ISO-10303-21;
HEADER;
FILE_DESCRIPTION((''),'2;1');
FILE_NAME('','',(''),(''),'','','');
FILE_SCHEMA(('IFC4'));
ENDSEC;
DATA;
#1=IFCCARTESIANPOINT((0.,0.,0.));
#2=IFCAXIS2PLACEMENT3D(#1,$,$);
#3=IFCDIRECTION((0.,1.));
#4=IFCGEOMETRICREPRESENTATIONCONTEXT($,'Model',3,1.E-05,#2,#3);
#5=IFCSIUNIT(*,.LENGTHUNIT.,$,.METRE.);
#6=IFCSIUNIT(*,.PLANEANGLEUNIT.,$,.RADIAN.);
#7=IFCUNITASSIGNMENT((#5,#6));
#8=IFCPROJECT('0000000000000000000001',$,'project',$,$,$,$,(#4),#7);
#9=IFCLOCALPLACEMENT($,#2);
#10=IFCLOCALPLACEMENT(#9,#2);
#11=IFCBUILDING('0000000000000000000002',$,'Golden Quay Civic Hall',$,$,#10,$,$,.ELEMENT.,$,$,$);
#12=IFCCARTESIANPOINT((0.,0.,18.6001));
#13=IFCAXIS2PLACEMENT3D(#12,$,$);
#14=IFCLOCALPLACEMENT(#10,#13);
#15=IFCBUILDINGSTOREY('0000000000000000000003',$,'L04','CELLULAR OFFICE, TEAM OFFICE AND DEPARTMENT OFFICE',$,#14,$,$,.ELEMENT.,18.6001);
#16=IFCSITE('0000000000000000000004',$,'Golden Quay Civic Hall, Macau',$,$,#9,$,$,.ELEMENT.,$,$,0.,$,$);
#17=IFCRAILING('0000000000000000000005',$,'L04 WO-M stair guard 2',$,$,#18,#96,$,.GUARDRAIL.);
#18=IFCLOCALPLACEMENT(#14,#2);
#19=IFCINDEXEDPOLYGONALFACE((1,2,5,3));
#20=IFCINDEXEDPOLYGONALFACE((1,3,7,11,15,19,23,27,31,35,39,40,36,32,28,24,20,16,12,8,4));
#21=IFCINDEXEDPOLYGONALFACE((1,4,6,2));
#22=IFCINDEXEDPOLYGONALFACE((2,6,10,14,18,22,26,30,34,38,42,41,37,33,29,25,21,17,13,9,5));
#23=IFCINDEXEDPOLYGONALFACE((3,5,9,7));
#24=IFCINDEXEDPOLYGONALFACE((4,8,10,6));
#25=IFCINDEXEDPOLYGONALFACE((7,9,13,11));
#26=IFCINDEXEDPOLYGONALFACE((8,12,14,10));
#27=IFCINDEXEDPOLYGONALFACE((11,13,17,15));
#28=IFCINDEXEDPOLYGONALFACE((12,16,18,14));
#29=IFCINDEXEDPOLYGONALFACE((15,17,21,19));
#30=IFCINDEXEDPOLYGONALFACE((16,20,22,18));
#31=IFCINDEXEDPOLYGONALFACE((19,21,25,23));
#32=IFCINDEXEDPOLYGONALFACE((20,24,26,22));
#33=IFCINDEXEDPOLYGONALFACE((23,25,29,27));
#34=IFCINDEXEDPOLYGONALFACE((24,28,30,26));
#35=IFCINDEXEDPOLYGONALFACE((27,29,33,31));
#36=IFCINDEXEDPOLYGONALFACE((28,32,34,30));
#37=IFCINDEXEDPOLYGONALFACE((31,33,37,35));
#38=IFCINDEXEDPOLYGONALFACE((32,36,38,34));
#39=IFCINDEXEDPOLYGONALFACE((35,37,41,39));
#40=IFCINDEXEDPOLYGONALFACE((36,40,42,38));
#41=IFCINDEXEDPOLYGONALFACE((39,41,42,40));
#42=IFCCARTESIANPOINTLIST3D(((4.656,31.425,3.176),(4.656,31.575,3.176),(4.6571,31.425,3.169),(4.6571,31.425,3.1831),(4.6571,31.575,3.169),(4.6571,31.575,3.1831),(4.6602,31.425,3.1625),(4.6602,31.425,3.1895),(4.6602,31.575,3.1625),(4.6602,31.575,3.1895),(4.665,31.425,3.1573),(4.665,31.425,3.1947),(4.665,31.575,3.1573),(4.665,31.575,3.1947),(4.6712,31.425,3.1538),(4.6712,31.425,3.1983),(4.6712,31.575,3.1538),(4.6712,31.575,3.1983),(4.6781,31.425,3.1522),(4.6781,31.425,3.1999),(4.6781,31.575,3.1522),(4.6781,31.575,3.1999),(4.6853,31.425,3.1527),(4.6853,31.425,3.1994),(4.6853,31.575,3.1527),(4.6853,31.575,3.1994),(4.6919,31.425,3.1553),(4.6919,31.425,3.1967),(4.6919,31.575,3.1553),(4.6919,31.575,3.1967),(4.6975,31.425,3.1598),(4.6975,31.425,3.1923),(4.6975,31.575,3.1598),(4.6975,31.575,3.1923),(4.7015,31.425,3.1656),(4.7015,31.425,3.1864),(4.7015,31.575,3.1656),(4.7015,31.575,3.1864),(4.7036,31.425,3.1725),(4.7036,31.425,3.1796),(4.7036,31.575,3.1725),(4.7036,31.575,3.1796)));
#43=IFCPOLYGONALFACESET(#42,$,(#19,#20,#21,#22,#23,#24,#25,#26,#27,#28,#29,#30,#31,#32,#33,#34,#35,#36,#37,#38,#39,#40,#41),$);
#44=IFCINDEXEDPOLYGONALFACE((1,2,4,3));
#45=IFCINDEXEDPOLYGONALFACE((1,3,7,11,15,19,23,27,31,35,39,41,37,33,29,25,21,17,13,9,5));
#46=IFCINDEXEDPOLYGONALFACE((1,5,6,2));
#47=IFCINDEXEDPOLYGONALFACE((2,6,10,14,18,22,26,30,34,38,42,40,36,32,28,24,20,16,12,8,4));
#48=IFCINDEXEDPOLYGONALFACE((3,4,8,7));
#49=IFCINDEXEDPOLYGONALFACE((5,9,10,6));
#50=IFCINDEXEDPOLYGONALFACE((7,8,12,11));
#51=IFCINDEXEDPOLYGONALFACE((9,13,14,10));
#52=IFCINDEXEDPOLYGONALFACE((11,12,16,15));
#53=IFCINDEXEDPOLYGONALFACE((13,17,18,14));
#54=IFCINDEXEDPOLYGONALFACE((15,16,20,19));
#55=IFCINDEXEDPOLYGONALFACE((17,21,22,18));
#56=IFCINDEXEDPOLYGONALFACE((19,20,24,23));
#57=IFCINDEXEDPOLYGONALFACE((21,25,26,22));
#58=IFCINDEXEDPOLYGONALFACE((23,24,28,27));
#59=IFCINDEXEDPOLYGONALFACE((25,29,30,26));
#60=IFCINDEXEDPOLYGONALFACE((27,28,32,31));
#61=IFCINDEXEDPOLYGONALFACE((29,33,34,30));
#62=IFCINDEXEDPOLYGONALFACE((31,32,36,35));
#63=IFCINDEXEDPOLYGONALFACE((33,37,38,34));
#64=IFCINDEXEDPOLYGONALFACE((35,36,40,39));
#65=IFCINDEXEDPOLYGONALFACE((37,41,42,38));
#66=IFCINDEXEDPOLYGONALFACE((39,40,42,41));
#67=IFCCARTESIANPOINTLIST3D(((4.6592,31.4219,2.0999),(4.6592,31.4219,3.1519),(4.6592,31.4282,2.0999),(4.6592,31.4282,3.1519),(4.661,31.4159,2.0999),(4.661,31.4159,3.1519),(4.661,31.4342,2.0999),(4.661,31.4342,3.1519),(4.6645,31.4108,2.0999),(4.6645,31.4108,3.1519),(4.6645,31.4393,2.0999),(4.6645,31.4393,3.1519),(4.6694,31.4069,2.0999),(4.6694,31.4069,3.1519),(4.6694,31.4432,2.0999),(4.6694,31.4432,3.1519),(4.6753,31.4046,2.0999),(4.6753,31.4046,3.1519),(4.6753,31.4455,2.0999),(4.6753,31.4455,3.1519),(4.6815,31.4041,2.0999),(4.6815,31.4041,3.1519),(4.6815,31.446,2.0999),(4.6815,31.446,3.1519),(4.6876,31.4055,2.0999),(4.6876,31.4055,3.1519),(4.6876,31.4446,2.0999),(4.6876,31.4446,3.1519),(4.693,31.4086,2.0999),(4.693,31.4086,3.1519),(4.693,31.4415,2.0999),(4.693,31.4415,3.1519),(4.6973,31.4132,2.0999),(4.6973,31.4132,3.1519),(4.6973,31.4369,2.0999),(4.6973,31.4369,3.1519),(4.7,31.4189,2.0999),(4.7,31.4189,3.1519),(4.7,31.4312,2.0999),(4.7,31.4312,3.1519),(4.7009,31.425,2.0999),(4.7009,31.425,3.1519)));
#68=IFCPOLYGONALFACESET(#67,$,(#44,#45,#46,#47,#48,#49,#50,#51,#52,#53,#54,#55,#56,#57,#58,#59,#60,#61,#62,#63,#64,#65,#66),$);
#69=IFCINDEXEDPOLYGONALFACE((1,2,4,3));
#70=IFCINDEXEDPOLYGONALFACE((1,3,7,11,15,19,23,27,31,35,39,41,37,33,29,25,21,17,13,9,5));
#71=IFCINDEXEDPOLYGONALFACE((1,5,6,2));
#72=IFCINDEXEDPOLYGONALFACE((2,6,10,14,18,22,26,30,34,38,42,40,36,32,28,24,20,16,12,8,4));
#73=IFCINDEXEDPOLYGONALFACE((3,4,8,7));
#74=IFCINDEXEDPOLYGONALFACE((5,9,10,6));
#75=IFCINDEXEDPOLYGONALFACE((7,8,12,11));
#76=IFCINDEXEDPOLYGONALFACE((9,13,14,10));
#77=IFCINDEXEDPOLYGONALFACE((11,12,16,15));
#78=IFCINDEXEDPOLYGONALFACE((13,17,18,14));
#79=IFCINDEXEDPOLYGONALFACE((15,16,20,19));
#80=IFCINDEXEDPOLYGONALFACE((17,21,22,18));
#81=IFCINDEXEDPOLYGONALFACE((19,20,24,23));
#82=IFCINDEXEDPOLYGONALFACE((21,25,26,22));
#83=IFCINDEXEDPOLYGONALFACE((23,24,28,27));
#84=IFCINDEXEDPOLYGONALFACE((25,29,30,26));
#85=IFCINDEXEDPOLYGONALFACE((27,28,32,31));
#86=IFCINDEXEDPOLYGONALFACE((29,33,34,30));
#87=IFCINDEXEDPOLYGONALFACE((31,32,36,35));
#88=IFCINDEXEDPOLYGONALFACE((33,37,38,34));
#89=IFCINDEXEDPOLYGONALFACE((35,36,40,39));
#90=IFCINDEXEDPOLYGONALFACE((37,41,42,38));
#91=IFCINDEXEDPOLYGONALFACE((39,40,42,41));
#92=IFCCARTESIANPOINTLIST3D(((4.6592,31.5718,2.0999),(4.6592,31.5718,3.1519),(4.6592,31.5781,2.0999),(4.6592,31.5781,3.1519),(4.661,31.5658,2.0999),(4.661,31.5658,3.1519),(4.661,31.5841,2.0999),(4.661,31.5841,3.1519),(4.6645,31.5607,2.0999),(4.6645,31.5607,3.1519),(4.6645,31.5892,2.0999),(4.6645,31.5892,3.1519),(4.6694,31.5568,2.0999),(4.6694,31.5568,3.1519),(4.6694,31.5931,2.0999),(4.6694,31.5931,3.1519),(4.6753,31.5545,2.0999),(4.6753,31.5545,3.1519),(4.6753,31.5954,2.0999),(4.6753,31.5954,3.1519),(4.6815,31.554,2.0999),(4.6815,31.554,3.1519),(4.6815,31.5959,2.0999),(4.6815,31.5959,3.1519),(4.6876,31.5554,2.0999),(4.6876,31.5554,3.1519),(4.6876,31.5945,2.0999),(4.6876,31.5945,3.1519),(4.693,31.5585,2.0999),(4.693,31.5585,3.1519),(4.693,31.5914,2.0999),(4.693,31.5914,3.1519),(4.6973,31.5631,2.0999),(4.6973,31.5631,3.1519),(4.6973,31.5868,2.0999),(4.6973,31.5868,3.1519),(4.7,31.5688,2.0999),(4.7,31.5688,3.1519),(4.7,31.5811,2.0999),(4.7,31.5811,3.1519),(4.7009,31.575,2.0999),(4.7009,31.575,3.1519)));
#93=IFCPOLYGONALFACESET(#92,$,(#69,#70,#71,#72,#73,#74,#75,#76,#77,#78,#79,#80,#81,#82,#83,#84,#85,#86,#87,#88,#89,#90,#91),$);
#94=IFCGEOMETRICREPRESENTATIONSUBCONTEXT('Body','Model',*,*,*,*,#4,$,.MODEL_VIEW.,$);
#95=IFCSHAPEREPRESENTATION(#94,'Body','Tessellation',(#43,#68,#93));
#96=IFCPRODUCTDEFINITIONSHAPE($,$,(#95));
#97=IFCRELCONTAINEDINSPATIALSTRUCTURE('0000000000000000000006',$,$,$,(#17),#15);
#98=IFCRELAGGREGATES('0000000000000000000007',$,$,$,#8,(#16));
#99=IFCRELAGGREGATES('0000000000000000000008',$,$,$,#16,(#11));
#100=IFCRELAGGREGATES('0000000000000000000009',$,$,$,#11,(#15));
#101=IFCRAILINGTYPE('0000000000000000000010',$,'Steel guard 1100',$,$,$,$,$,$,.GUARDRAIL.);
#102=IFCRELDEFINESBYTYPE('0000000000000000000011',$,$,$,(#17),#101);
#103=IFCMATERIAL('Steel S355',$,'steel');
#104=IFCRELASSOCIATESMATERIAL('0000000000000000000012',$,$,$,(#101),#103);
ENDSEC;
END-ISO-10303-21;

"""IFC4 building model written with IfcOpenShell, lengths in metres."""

from ifc_helpers import new_model, si_unit, direction, frame, origin, origin_2d, place, context, subcontext, project, spatial, circle, extrude, material, type_object, element, save


model = new_model("IFC4")

# Units and contexts
model_context = context("Model", 3, precision=1e-05, world=origin(), true_north=direction((0.0, 1.0)))
body_context = subcontext(model_context, "Body", "Model", "MODEL_VIEW")
ifc_project = project(units=[si_unit("LENGTHUNIT", "METRE"), si_unit("PLANEANGLEUNIT", "RADIAN")], contexts=[model_context])

# Site, building, storey
site_placement = place(None, origin())
site = spatial("IfcSite", under=ifc_project, at=site_placement, Name="Golden Quay Civic Hall, Macau", CompositionType="ELEMENT", RefElevation=0.0)
building_placement = place(site_placement, origin())
building = spatial("IfcBuilding", under=site, at=building_placement, Name="Golden Quay Civic Hall", CompositionType="ELEMENT")
storey_placement = place(building_placement, frame((0.0, 0.0, 18.6001)))
storey = spatial("IfcBuildingStorey", under=building, at=storey_placement, Name="L04", Description="CELLULAR OFFICE, TEAM OFFICE AND DEPARTMENT OFFICE", CompositionType="ELEMENT", Elevation=18.6001)

# Railing
ifc_material_1 = material(Name="Steel S355", Category="steel")
railing_type_1 = type_object("IfcRailingType", Name="Steel guard 1100", PredefinedType="GUARDRAIL", material=ifc_material_1)
railing_1_placement = place(storey_placement, frame((4.6799, 31.425, 2.0999)))
element("IfcRailing", 1, at=railing_1_placement, inside=storey, type_object=railing_type_1, Name="L04 WO-M stair guard 2", PredefinedType="GUARDRAIL", context=body_context, shape_type="SweptSolid", body=[
    extrude(circle(Radius=0.0239, at=origin_2d()), frame((0.0, 0.0, 1.0762), z_axis=(0.0, 1.0, 0.0), x_axis=(-1.0, 0.0, 0.0)), (0.0, 0.0, 1.0), 0.1499),
    extrude(circle(Radius=0.021, at=origin_2d()), origin(), (0.0, 0.0, 1.0), 1.052),
    extrude(circle(Radius=0.021, at=origin_2d()), frame((0.0, 0.1499, 0.0)), (0.0, 0.0, 1.0), 1.052),
])

save(model, "model.ifc")
